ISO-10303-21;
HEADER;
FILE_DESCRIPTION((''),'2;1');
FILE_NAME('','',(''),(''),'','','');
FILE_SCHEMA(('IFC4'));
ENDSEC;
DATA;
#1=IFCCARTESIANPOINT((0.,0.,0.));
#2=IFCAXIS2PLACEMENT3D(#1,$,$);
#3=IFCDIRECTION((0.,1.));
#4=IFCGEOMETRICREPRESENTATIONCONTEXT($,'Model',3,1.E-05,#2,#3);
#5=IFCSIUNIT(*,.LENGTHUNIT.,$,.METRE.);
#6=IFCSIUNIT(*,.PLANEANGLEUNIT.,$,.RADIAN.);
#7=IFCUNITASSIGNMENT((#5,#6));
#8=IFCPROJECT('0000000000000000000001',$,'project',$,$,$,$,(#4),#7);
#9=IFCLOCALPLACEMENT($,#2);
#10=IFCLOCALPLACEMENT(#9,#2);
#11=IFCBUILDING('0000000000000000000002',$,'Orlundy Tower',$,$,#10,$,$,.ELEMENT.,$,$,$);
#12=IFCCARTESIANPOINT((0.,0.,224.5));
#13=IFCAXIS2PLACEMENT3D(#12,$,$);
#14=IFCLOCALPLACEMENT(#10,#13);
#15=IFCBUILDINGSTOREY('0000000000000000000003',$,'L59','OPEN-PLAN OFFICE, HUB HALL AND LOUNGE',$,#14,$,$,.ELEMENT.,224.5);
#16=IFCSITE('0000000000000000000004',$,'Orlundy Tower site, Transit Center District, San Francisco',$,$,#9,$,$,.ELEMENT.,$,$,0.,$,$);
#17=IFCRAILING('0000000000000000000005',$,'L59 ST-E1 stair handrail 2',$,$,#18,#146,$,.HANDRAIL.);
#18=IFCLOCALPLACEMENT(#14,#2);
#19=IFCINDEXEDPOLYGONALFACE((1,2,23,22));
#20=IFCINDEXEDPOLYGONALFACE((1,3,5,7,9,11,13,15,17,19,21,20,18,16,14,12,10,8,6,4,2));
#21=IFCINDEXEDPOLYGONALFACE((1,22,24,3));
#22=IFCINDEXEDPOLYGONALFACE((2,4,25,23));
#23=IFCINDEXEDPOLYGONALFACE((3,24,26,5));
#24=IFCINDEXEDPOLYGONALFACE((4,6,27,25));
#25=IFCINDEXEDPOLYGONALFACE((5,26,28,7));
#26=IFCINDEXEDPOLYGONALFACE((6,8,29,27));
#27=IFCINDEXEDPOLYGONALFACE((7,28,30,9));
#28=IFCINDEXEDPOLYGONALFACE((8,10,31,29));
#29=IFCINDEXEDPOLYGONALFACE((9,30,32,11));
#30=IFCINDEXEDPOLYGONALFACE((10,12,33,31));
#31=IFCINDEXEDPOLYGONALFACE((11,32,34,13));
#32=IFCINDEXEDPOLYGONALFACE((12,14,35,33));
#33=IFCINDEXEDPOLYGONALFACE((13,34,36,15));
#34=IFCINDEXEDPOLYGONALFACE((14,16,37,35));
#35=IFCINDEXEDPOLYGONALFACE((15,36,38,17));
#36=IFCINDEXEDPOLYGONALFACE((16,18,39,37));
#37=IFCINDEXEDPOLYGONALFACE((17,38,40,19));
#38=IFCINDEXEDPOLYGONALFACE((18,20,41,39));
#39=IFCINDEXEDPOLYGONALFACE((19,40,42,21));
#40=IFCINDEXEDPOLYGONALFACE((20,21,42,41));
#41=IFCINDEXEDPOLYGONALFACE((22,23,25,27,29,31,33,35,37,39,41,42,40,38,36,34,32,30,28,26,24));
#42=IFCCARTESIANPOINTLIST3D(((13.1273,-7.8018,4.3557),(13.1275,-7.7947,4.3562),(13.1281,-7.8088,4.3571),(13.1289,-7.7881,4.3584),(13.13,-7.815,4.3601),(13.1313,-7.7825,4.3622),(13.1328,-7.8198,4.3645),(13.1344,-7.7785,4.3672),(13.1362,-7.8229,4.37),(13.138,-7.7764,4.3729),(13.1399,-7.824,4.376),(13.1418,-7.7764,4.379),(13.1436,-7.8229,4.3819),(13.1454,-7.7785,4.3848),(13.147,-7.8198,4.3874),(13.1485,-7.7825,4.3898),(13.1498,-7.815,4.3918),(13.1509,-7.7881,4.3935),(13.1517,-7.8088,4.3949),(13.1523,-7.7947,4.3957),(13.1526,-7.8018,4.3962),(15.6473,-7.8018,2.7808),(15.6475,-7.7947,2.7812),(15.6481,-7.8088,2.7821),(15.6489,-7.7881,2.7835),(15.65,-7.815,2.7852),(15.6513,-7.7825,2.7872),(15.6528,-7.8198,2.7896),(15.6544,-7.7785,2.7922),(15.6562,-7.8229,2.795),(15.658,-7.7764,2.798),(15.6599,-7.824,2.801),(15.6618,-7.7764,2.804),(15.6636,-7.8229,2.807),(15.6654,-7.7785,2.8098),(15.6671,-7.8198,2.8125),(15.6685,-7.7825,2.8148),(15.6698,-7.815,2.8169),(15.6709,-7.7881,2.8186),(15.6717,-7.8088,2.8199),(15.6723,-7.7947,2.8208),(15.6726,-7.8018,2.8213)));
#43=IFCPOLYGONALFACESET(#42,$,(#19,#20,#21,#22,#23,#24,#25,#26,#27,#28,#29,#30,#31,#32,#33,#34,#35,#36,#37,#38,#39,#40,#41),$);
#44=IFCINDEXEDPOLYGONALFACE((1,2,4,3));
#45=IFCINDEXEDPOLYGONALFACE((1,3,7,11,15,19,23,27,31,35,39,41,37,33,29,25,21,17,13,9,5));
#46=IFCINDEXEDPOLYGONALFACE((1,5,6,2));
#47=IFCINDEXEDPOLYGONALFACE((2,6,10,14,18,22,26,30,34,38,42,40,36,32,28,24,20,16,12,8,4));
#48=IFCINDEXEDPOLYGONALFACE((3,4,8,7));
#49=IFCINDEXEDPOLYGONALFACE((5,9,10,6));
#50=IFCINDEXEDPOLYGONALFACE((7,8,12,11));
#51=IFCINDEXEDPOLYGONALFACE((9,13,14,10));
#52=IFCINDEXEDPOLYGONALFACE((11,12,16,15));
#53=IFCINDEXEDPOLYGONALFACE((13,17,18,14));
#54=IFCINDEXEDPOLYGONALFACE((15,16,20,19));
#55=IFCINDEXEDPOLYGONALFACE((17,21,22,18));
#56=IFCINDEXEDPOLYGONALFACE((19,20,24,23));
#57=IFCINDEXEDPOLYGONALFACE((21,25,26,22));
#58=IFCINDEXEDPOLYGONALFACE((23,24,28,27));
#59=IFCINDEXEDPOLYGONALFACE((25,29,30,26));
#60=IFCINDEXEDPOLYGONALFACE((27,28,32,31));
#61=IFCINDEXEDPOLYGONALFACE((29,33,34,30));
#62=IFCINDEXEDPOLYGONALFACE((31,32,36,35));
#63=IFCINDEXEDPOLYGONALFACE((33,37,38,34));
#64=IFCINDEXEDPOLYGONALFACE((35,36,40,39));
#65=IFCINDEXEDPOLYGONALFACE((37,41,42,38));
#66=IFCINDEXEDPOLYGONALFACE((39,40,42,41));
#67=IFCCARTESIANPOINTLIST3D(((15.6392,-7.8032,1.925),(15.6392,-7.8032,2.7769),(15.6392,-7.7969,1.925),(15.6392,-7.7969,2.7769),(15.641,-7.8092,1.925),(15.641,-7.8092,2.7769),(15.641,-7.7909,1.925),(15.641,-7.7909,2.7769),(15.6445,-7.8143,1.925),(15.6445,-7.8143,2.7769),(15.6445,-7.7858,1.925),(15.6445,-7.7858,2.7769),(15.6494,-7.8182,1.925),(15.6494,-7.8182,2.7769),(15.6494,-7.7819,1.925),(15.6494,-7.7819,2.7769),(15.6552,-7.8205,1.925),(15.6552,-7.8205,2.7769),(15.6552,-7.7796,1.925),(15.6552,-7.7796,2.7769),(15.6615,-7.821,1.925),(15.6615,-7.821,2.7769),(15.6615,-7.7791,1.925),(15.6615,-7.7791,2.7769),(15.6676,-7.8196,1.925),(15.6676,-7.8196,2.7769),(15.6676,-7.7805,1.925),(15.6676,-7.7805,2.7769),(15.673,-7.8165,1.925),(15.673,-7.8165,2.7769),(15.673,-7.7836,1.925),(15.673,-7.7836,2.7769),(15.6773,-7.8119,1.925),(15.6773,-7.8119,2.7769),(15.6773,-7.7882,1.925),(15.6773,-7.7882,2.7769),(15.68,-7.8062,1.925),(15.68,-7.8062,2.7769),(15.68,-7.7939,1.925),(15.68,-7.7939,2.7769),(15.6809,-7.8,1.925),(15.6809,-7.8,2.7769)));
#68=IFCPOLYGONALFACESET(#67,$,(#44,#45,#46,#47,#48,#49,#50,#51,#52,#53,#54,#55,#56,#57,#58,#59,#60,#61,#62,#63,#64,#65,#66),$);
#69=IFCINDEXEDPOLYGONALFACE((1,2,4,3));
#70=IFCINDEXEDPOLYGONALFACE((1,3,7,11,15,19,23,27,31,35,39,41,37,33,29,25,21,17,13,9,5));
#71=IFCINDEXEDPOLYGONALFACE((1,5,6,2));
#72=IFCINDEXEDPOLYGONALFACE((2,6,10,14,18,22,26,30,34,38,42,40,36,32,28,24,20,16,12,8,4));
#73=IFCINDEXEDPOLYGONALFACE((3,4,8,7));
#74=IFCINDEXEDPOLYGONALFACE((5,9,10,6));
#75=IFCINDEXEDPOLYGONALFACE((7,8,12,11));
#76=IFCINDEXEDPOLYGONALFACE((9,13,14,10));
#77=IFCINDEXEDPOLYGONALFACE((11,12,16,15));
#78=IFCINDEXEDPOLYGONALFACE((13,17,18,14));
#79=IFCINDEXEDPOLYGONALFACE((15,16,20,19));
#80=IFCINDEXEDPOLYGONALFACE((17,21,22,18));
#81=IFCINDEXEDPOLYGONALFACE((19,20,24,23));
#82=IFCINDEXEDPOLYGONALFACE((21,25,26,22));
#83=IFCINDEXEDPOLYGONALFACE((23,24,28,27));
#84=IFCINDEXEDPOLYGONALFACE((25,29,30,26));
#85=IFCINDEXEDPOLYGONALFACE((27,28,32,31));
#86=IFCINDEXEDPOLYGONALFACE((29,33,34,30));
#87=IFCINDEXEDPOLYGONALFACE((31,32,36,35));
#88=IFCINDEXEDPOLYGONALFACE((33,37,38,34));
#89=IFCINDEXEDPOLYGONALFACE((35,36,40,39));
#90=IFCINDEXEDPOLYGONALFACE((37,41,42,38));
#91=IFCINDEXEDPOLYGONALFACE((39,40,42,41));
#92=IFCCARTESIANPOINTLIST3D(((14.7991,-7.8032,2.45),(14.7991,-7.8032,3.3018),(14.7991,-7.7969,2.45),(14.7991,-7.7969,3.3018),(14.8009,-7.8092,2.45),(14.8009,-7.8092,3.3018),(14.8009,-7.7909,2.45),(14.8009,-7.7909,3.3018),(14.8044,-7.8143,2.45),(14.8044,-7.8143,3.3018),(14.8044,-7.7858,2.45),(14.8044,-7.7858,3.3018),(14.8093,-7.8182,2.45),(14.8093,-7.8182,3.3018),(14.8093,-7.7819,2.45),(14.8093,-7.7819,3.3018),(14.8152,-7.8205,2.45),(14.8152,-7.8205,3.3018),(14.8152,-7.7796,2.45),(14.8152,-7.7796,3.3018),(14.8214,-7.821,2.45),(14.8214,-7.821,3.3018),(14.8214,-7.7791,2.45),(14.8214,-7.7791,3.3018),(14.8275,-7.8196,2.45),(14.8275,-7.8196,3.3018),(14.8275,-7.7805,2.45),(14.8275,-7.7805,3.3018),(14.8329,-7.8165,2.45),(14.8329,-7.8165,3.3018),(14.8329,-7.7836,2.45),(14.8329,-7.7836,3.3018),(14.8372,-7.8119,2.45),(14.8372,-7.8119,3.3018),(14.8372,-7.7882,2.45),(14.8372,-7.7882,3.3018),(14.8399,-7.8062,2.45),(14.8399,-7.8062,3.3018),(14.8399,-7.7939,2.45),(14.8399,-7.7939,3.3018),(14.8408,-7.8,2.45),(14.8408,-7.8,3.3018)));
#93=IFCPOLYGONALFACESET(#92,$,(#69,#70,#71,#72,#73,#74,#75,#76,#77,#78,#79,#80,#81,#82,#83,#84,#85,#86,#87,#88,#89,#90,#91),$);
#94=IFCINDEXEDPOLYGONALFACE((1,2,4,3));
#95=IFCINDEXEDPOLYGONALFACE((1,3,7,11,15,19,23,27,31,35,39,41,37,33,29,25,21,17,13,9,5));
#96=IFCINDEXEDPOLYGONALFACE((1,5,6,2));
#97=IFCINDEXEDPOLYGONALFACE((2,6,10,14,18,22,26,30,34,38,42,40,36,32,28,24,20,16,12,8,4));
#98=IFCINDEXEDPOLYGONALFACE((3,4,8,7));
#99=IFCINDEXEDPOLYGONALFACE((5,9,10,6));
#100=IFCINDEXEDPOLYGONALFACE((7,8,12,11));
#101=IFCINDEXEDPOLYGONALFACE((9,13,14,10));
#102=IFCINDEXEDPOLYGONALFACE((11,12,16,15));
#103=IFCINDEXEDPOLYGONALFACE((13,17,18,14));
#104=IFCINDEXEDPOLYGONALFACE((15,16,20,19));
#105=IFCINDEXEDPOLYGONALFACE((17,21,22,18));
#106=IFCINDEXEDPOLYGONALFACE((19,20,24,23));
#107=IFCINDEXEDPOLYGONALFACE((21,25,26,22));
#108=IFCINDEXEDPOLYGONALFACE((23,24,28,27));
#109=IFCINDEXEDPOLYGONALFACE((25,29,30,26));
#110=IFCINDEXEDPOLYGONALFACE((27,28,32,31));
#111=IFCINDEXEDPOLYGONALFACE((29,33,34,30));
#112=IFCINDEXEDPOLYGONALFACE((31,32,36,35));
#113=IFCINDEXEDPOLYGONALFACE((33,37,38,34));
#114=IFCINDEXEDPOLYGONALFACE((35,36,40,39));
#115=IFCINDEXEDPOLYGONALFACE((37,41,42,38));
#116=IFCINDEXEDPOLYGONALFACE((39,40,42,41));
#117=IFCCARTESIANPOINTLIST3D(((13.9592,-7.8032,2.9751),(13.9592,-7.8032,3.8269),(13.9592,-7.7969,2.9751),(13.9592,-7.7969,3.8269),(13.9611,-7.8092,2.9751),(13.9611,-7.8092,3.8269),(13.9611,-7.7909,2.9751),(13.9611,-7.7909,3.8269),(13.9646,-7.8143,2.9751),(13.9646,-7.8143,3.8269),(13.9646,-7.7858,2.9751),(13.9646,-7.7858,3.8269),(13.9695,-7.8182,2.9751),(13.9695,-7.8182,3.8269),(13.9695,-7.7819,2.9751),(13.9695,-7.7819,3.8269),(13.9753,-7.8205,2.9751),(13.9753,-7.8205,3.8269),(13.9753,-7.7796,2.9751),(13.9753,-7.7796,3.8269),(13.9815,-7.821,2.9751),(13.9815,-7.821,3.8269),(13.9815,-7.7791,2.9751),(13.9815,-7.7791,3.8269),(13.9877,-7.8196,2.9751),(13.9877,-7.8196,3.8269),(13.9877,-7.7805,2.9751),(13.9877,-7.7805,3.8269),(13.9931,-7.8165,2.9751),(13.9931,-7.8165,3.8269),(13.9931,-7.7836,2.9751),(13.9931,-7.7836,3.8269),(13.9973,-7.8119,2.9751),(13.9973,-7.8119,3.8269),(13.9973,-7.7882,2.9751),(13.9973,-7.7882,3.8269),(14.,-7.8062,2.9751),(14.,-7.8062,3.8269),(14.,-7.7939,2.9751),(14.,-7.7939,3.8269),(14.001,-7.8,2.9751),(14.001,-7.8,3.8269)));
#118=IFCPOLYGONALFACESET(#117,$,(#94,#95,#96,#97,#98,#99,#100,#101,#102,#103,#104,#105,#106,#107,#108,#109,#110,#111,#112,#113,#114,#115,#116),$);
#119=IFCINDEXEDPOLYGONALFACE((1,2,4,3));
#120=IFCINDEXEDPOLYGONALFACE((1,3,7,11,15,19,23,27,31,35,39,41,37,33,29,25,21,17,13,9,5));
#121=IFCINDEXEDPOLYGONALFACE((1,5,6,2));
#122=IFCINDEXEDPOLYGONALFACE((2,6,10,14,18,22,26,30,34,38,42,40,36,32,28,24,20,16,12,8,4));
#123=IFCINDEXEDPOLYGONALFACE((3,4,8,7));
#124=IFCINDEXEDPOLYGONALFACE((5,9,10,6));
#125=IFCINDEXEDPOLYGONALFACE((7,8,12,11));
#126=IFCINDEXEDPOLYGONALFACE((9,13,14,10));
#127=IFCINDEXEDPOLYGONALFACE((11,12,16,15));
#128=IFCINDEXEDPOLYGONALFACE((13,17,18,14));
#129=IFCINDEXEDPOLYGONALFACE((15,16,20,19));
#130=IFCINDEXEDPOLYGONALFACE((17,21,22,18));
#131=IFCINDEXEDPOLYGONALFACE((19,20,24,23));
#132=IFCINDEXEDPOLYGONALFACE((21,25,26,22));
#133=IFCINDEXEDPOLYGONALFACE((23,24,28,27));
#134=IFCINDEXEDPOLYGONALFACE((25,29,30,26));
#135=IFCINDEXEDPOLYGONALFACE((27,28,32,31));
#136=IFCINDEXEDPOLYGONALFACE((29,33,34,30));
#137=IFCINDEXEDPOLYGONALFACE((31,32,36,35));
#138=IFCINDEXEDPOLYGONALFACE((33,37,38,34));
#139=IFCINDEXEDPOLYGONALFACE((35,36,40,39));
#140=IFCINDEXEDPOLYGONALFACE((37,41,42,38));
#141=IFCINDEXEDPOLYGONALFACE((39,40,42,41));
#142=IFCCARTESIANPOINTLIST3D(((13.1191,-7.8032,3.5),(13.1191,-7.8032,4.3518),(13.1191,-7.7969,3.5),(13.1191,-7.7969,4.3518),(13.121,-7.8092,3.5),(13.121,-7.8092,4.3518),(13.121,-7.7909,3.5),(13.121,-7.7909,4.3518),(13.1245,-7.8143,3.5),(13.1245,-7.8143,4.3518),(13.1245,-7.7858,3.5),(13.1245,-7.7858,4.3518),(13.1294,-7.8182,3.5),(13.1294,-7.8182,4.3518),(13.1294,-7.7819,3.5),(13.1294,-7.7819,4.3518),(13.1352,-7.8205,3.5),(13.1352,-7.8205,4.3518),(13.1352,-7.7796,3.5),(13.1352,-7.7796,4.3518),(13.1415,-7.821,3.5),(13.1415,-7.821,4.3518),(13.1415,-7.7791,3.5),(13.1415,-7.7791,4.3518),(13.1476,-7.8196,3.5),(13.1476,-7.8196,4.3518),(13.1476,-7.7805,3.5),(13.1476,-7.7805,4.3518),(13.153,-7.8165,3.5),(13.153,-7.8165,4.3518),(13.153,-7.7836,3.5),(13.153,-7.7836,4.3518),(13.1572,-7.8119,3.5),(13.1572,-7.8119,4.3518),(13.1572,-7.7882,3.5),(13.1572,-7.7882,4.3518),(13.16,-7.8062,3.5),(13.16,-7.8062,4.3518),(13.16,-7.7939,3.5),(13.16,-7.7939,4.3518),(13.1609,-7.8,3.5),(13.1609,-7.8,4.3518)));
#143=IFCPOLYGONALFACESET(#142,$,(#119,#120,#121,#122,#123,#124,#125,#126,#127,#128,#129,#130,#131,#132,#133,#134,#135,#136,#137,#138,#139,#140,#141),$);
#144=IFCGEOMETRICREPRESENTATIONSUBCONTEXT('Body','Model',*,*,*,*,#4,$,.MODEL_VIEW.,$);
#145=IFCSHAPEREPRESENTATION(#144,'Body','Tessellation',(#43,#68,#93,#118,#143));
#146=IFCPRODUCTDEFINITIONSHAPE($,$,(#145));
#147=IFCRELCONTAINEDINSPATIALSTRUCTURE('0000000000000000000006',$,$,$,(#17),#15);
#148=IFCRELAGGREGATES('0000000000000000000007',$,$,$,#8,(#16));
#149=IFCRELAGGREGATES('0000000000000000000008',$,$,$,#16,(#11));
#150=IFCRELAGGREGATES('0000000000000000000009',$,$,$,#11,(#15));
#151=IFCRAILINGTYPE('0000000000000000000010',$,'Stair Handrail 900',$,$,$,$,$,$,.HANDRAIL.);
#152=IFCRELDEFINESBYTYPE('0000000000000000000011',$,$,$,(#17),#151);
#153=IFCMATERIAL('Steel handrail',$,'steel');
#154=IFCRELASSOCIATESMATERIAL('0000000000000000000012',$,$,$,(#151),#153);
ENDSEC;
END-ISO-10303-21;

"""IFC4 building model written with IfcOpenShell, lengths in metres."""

from ifc_helpers import new_model, si_unit, direction, frame, origin, origin_2d, place, context, subcontext, project, spatial, circle, extrude, material, type_object, element, save


model = new_model("IFC4")

# Units and contexts
model_context = context("Model", 3, precision=1e-05, world=origin(), true_north=direction((0.0, 1.0)))
body_context = subcontext(model_context, "Body", "Model", "MODEL_VIEW")
ifc_project = project(units=[si_unit("LENGTHUNIT", "METRE"), si_unit("PLANEANGLEUNIT", "RADIAN")], contexts=[model_context])

# Site, building, storey
site_placement = place(None, origin())
site = spatial("IfcSite", under=ifc_project, at=site_placement, Name="Orlundy Tower site, Transit Center District, San Francisco", CompositionType="ELEMENT", RefElevation=0.0)
building_placement = place(site_placement, origin())
building = spatial("IfcBuilding", under=site, at=building_placement, Name="Orlundy Tower", CompositionType="ELEMENT")
storey_placement = place(building_placement, frame((0.0, 0.0, 224.5)))
storey = spatial("IfcBuildingStorey", under=building, at=storey_placement, Name="L59", Description="OPEN-PLAN OFFICE, HUB HALL AND LOUNGE", CompositionType="ELEMENT", Elevation=224.5)

# Railing
ifc_material_1 = material(Name="Steel handrail", Category="steel")
railing_type_1 = type_object("IfcRailingType", Name="Stair Handrail 900", PredefinedType="HANDRAIL", material=ifc_material_1)
railing_1_placement = place(storey_placement, frame((15.6599, -7.8, 1.925)))
element("IfcRailing", 1, at=railing_1_placement, inside=storey, type_object=railing_type_1, Name="L59 ST-E1 stair handrail 2", PredefinedType="HANDRAIL", context=body_context, shape_type="SweptSolid", body=[
    extrude(circle(Radius=0.0239, at=origin_2d()), frame((0.0, 0.0, 0.876), z_axis=(-0.848008, 0.0, 0.529984), x_axis=(0.0, -1.0, 0.0)), (0.0, 0.0, 1.0), 2.9717),
    extrude(circle(Radius=0.021, at=origin_2d()), origin(), (0.0, 0.0, 1.0), 0.8518),
    extrude(circle(Radius=0.021, at=origin_2d()), frame((-0.8401, 0.0, 0.5249)), (0.0, 0.0, 1.0), 0.8518),
    extrude(circle(Radius=0.021, at=origin_2d()), frame((-1.6799, 0.0, 1.05)), (0.0, 0.0, 1.0), 0.8518),
    extrude(circle(Radius=0.021, at=origin_2d()), frame((-2.52, 0.0, 1.575)), (0.0, 0.0, 1.0), 0.8518),
])

save(model, "model.ifc")
